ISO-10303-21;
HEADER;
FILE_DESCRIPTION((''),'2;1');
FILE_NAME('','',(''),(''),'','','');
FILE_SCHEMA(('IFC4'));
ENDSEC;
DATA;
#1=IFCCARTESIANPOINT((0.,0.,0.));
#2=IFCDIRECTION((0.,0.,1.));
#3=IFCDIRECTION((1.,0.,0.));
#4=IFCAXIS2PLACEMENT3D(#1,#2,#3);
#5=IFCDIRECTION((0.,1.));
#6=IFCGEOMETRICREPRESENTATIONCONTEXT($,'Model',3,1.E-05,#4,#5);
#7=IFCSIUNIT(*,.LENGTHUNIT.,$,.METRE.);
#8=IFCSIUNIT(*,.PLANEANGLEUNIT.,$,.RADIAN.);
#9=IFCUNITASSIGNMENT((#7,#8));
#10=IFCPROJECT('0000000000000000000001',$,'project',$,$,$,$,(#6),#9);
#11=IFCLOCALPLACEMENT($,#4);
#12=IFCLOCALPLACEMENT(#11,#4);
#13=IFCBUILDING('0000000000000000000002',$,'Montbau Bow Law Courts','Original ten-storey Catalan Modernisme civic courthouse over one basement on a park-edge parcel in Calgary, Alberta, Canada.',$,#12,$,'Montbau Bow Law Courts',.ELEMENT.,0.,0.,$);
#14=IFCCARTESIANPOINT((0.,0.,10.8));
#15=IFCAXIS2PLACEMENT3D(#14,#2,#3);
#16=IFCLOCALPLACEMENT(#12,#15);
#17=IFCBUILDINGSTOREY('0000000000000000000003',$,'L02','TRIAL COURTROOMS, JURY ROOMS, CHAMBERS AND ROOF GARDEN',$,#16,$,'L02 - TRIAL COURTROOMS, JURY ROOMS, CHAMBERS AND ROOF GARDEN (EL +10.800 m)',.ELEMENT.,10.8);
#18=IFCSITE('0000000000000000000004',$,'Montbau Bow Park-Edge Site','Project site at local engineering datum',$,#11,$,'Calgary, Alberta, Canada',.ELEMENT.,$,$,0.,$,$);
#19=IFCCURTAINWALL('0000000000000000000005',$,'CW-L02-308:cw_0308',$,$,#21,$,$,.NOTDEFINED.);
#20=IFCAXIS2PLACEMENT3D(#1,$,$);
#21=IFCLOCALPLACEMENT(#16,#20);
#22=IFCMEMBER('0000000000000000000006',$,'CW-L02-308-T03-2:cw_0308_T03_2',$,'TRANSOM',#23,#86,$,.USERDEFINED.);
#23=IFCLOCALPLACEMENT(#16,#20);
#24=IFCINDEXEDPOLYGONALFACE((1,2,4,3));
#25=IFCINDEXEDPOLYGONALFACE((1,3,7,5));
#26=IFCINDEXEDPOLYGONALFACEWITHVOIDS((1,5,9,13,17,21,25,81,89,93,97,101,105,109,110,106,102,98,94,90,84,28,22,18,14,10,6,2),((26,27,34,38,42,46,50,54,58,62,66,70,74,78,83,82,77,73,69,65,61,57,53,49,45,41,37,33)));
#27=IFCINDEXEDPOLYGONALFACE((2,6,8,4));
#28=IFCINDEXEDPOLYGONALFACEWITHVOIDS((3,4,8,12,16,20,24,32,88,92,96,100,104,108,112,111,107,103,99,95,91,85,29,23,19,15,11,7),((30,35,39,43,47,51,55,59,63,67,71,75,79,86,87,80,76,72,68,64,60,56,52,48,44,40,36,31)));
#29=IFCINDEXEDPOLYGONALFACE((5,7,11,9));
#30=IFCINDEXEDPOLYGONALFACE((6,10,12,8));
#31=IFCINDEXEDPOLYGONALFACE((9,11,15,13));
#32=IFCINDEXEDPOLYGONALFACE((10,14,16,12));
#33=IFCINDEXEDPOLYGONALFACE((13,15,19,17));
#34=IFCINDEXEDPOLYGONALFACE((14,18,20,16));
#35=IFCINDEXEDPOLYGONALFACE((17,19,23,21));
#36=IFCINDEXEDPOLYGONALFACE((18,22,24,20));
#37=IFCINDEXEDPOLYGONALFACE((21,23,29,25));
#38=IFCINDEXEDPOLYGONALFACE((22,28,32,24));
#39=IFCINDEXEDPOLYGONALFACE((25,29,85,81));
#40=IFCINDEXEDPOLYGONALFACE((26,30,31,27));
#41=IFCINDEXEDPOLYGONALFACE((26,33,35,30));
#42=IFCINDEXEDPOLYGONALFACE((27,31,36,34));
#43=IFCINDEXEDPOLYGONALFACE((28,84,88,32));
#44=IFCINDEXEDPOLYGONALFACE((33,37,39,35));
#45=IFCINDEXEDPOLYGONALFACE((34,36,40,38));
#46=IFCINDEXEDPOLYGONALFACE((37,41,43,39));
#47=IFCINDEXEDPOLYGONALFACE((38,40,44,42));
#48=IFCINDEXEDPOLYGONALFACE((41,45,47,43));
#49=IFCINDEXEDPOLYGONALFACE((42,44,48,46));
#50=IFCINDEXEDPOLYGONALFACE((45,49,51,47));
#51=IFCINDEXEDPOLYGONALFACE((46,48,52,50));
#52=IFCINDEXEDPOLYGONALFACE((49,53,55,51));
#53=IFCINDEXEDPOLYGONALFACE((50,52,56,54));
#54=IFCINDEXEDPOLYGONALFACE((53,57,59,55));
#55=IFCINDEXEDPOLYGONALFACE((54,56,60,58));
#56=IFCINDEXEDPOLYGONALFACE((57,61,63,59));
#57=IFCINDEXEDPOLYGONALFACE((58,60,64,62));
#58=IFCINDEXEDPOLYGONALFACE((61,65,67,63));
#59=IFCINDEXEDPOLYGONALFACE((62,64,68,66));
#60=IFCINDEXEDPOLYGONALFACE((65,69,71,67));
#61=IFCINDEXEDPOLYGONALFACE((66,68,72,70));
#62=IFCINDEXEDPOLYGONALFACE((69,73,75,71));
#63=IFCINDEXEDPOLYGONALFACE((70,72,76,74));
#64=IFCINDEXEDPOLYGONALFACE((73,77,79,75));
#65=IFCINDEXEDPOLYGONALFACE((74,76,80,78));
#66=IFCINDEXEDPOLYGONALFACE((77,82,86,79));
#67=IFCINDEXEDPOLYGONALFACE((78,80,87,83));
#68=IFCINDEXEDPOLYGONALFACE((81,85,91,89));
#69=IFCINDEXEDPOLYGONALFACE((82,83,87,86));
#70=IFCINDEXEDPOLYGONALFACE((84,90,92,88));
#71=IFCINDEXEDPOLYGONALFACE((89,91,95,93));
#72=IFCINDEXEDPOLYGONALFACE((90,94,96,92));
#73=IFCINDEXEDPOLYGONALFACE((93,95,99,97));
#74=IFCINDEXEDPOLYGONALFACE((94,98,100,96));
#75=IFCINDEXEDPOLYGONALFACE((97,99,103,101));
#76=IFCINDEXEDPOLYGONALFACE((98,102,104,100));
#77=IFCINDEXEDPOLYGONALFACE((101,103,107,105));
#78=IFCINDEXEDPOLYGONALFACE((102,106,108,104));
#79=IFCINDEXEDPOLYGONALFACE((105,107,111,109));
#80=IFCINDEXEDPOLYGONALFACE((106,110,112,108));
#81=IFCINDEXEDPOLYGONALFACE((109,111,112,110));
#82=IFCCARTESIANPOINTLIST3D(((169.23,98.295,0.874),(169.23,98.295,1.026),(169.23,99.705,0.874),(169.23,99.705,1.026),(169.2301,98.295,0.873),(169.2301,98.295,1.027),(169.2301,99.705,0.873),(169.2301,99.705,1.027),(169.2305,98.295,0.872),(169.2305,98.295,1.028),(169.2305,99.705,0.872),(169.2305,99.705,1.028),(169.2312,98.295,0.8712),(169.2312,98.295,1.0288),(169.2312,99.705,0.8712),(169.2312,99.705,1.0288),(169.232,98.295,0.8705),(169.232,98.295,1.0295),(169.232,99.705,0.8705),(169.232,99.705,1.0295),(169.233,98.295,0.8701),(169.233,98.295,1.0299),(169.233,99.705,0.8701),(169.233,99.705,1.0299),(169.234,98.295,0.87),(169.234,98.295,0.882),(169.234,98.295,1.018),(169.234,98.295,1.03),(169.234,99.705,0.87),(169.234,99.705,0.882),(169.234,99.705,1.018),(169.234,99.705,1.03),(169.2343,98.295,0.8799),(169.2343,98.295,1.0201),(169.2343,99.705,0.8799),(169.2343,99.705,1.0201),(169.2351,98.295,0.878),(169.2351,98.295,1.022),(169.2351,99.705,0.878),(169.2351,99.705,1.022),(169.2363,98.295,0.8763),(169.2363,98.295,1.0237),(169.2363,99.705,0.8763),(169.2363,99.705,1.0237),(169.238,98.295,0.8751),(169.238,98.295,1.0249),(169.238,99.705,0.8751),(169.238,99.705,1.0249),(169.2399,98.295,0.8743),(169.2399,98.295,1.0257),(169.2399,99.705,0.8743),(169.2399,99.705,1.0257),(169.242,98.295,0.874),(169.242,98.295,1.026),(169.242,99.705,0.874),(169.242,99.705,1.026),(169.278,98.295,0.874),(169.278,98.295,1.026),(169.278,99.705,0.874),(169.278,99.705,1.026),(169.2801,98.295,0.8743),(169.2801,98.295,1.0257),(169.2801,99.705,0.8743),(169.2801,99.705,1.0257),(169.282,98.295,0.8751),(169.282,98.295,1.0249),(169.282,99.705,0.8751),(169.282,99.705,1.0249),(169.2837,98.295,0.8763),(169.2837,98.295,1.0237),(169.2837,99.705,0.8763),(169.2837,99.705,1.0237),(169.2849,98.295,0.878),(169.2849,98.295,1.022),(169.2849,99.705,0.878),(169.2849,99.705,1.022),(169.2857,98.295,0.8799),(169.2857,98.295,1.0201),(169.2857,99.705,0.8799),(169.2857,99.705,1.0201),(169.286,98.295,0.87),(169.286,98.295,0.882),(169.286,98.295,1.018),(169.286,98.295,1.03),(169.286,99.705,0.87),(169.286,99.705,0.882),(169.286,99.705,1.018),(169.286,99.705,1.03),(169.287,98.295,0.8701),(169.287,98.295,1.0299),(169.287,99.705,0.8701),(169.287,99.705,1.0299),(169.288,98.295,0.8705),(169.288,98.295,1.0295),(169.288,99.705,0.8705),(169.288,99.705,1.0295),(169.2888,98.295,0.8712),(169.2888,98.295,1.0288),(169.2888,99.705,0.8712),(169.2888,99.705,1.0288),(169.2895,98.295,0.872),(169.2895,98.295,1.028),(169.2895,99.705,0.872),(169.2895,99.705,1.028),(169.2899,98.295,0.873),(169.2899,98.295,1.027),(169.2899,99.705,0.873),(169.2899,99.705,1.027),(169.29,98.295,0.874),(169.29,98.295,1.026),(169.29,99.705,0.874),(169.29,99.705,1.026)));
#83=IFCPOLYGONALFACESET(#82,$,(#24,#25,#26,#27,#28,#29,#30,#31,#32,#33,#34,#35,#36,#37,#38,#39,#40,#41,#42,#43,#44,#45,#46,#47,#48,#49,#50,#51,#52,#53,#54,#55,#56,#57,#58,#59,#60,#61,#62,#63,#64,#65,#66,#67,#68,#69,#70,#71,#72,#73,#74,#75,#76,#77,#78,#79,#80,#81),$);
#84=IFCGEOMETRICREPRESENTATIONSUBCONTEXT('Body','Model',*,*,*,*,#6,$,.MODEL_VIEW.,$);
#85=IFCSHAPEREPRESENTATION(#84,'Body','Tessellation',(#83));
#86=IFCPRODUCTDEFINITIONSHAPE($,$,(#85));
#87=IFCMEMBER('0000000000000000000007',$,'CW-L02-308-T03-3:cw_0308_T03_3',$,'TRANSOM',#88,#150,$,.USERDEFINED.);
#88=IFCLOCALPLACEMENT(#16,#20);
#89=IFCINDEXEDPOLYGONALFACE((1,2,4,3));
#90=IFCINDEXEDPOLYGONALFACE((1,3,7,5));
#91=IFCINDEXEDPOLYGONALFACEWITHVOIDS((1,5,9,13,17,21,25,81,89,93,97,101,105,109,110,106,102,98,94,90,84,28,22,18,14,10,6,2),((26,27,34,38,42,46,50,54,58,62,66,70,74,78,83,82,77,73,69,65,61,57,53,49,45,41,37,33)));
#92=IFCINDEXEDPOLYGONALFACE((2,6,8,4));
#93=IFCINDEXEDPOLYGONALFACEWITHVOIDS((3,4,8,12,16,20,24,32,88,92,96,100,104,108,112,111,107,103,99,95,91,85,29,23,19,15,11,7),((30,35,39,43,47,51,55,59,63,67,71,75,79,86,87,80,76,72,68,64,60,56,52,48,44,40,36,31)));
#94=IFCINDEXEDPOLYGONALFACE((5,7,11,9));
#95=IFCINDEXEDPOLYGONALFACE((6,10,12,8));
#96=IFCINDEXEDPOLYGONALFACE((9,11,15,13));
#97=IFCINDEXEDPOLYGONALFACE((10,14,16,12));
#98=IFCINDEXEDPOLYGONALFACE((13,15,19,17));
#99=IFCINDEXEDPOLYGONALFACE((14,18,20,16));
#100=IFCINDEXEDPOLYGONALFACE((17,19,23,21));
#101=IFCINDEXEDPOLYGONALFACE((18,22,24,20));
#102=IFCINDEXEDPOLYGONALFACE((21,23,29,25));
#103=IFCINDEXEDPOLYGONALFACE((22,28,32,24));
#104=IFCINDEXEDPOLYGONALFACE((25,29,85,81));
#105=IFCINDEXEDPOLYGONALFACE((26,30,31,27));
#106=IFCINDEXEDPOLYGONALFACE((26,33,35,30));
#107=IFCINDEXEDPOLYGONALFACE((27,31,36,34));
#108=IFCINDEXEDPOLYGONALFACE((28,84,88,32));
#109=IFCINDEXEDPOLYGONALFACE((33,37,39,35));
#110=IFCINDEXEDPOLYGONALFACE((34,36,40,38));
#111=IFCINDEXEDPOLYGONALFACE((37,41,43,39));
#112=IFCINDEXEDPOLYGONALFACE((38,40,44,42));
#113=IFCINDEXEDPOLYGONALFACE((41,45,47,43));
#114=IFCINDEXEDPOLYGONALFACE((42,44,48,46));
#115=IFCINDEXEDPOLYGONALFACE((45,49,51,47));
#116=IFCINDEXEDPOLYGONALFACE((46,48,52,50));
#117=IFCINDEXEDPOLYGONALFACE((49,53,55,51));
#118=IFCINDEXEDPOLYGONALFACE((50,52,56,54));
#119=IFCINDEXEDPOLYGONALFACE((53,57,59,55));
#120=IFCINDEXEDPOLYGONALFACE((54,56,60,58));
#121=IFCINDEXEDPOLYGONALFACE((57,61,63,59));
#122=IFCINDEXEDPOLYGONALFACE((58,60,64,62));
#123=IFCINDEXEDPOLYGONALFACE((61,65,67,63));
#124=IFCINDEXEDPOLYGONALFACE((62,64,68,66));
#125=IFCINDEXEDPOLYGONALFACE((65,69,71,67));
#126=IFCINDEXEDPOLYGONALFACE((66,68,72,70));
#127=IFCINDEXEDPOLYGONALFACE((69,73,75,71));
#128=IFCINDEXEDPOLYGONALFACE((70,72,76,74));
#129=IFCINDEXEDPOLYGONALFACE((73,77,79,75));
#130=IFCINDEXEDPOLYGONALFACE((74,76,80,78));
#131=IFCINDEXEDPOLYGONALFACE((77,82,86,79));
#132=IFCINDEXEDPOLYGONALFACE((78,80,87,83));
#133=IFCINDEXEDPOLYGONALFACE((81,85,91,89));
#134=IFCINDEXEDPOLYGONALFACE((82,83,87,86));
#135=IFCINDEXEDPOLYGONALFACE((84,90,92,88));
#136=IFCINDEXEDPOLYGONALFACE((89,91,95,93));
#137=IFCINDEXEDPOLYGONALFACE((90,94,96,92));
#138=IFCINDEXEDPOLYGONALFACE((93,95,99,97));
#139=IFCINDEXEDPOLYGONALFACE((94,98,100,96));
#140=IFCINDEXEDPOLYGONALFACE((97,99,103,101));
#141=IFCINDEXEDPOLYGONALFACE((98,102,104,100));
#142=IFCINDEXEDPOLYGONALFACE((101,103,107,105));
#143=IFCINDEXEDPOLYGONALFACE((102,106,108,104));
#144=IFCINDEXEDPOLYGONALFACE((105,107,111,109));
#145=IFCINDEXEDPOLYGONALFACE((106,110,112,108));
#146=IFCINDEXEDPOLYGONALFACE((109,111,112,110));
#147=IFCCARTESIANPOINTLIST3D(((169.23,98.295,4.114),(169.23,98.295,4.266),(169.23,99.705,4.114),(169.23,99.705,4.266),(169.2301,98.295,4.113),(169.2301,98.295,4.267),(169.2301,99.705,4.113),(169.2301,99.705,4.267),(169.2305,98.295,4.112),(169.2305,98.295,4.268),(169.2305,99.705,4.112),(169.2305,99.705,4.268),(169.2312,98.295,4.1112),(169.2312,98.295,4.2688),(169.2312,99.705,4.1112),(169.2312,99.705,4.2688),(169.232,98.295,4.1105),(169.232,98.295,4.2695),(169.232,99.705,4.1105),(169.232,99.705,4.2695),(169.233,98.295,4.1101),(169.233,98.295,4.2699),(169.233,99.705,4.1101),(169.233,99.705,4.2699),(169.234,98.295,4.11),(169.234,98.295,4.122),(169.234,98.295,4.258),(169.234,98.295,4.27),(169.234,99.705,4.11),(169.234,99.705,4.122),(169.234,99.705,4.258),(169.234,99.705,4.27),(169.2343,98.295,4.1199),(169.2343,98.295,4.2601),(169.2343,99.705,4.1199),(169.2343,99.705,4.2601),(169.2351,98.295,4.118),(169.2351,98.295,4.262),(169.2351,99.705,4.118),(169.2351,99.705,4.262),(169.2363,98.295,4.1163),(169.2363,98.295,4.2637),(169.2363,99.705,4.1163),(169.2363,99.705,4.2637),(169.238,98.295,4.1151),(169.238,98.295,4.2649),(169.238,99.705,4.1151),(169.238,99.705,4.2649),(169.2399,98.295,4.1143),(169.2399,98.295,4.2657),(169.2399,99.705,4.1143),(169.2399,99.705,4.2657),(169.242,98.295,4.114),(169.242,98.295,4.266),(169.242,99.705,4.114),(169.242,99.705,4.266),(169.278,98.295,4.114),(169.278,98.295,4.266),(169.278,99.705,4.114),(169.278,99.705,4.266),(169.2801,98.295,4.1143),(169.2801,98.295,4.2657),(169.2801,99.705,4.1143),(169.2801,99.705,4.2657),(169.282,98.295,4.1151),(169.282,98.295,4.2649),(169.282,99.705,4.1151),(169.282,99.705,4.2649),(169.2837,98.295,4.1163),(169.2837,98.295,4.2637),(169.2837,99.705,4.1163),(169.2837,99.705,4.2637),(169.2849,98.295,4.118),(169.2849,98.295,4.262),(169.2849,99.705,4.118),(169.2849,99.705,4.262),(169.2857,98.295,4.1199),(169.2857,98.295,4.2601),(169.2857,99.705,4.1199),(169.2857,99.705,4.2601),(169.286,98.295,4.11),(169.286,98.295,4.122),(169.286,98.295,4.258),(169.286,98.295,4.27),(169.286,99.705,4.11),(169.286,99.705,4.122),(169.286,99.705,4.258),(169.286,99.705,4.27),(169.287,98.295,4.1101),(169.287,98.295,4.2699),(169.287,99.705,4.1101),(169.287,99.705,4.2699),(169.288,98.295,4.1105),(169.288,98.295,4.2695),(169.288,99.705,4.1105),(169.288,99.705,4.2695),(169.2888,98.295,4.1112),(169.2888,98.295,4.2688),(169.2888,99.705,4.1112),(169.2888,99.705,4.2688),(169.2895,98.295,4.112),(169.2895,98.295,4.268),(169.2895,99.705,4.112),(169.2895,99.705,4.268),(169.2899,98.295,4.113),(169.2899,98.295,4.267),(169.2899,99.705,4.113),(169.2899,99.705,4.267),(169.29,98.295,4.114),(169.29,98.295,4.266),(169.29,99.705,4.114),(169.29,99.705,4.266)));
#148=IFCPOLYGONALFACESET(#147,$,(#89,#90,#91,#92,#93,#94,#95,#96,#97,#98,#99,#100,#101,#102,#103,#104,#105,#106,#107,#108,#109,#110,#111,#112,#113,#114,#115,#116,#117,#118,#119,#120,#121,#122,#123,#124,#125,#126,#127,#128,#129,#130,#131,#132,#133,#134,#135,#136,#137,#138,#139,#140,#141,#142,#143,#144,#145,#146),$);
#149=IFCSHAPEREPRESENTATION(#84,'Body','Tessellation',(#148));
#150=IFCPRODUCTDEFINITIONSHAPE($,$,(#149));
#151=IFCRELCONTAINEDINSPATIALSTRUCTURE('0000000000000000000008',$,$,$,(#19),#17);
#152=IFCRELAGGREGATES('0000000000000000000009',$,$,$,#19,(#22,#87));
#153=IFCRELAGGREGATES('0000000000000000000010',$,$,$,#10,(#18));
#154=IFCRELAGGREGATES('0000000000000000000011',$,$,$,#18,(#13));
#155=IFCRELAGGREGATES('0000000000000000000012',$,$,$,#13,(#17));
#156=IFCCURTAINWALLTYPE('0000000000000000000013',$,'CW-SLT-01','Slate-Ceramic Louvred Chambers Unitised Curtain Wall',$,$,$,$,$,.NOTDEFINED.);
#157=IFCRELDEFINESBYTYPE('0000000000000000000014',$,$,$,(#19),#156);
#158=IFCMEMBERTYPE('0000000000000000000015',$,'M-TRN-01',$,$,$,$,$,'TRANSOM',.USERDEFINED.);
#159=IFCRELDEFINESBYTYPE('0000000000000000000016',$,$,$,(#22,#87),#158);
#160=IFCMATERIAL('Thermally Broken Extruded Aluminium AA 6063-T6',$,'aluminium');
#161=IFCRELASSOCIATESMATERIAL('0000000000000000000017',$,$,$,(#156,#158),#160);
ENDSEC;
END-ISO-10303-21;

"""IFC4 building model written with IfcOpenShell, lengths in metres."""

from ifc_helpers import new_model, si_unit, direction, frame, origin_with_axes, origin_2d_with_axis, place, context, subcontext, project, spatial, hollow_rectangle, extrude, material, material_profile, profile_set, type_object, element, aggregate, save


model = new_model("IFC4")

# Units and contexts
model_context = context("Model", 3, precision=1e-05, world=origin_with_axes(), true_north=direction((0.0, 1.0)))
body_context = subcontext(model_context, "Body", "Model", "MODEL_VIEW")
ifc_project = project(units=[si_unit("LENGTHUNIT", "METRE"), si_unit("PLANEANGLEUNIT", "RADIAN")], contexts=[model_context])

# Site, building, storey
site_placement = place(None, origin_with_axes())
site = spatial("IfcSite", under=ifc_project, at=site_placement, Name="Montbau Bow Park-Edge Site", Description="Project site at local engineering datum", LongName="Calgary, Alberta, Canada", CompositionType="ELEMENT", RefElevation=0.0)
building_placement = place(site_placement, origin_with_axes())
building = spatial("IfcBuilding", under=site, at=building_placement, Name="Montbau Bow Law Courts", Description="Original ten-storey Catalan Modernisme civic courthouse over one basement on a park-edge parcel in Calgary, Alberta, Canada.", LongName="Montbau Bow Law Courts", CompositionType="ELEMENT", ElevationOfRefHeight=0.0, ElevationOfTerrain=0.0)
storey_placement = place(building_placement, frame((0.0, 0.0, 10.8), z_axis=(0.0, 0.0, 1.0), x_axis=(1.0, 0.0, 0.0)))
storey = spatial("IfcBuildingStorey", under=building, at=storey_placement, Name="L02", Description="TRIAL COURTROOMS, JURY ROOMS, CHAMBERS AND ROOF GARDEN", LongName="L02 - TRIAL COURTROOMS, JURY ROOMS, CHAMBERS AND ROOF GARDEN (EL +10.800 m)", CompositionType="ELEMENT", Elevation=10.8)

# Curtain wall, members
ifc_material_1 = material(Name="Thermally Broken Extruded Aluminium AA 6063-T6", Category="aluminium")
curtain_wall_type = type_object("IfcCurtainWallType", Name="CW-SLT-01", Description="Slate-Ceramic Louvred Chambers Unitised Curtain Wall", PredefinedType="NOTDEFINED", material=ifc_material_1)
curtain_wall_placement = place(None, frame((169.26, 95.315, 10.8), z_axis=(0.0, 0.0, 1.0), x_axis=(1.0, 0.0, 0.0)))
curtain_wall = element("IfcCurtainWall", 1, at=curtain_wall_placement, inside=storey, type_object=curtain_wall_type, Name="CW-L02-308:cw_0308", PredefinedType="NOTDEFINED")
ifc_material_profile_1 = material_profile(ifc_material_1, hollow_rectangle(XDim=0.06, YDim=0.16, WallThickness=0.004, InnerFilletRadius=0.008, OuterFilletRadius=0.004, at=origin_2d_with_axis()), Name="CWT-160X60", Category="Main", Priority=0)
ifc_profile_set_1 = profile_set([ifc_material_profile_1], Name="Thermally Broken Extruded Aluminium AA 6063-T6")
member_type_1 = type_object("IfcMemberType", Name="M-TRN-01", ElementType="TRANSOM", PredefinedType="USERDEFINED", material=ifc_profile_set_1)
member_1_placement = place(None, frame((169.26, 98.295, 11.75), z_axis=(0.0, 1.0, 0.0), x_axis=(-1.0, 0.0, 0.0)))
member_1 = element("IfcMember", 2, at=member_1_placement, type_object=member_type_1, Name="CW-L02-308-T03-2:cw_0308_T03_2", ObjectType="TRANSOM", PredefinedType="USERDEFINED", context=body_context, shape_type="SweptSolid", body=[
    extrude(hollow_rectangle(XDim=0.06, YDim=0.16, WallThickness=0.004, InnerFilletRadius=0.008, OuterFilletRadius=0.004, at=origin_2d_with_axis()), origin_with_axes(), (0.0, 0.0, 1.0), 1.41),
])
member_2_placement = place(None, frame((169.26, 98.295, 14.99), z_axis=(0.0, 1.0, 0.0), x_axis=(-1.0, 0.0, 0.0)))
member_2 = element("IfcMember", 3, at=member_2_placement, type_object=member_type_1, Name="CW-L02-308-T03-3:cw_0308_T03_3", ObjectType="TRANSOM", PredefinedType="USERDEFINED", context=body_context, shape_type="SweptSolid", body=[
    extrude(hollow_rectangle(XDim=0.06, YDim=0.16, WallThickness=0.004, InnerFilletRadius=0.008, OuterFilletRadius=0.004, at=origin_2d_with_axis()), origin_with_axes(), (0.0, 0.0, 1.0), 1.41),
])
aggregate(curtain_wall, [member_1, member_2])

save(model, "model.ifc")
